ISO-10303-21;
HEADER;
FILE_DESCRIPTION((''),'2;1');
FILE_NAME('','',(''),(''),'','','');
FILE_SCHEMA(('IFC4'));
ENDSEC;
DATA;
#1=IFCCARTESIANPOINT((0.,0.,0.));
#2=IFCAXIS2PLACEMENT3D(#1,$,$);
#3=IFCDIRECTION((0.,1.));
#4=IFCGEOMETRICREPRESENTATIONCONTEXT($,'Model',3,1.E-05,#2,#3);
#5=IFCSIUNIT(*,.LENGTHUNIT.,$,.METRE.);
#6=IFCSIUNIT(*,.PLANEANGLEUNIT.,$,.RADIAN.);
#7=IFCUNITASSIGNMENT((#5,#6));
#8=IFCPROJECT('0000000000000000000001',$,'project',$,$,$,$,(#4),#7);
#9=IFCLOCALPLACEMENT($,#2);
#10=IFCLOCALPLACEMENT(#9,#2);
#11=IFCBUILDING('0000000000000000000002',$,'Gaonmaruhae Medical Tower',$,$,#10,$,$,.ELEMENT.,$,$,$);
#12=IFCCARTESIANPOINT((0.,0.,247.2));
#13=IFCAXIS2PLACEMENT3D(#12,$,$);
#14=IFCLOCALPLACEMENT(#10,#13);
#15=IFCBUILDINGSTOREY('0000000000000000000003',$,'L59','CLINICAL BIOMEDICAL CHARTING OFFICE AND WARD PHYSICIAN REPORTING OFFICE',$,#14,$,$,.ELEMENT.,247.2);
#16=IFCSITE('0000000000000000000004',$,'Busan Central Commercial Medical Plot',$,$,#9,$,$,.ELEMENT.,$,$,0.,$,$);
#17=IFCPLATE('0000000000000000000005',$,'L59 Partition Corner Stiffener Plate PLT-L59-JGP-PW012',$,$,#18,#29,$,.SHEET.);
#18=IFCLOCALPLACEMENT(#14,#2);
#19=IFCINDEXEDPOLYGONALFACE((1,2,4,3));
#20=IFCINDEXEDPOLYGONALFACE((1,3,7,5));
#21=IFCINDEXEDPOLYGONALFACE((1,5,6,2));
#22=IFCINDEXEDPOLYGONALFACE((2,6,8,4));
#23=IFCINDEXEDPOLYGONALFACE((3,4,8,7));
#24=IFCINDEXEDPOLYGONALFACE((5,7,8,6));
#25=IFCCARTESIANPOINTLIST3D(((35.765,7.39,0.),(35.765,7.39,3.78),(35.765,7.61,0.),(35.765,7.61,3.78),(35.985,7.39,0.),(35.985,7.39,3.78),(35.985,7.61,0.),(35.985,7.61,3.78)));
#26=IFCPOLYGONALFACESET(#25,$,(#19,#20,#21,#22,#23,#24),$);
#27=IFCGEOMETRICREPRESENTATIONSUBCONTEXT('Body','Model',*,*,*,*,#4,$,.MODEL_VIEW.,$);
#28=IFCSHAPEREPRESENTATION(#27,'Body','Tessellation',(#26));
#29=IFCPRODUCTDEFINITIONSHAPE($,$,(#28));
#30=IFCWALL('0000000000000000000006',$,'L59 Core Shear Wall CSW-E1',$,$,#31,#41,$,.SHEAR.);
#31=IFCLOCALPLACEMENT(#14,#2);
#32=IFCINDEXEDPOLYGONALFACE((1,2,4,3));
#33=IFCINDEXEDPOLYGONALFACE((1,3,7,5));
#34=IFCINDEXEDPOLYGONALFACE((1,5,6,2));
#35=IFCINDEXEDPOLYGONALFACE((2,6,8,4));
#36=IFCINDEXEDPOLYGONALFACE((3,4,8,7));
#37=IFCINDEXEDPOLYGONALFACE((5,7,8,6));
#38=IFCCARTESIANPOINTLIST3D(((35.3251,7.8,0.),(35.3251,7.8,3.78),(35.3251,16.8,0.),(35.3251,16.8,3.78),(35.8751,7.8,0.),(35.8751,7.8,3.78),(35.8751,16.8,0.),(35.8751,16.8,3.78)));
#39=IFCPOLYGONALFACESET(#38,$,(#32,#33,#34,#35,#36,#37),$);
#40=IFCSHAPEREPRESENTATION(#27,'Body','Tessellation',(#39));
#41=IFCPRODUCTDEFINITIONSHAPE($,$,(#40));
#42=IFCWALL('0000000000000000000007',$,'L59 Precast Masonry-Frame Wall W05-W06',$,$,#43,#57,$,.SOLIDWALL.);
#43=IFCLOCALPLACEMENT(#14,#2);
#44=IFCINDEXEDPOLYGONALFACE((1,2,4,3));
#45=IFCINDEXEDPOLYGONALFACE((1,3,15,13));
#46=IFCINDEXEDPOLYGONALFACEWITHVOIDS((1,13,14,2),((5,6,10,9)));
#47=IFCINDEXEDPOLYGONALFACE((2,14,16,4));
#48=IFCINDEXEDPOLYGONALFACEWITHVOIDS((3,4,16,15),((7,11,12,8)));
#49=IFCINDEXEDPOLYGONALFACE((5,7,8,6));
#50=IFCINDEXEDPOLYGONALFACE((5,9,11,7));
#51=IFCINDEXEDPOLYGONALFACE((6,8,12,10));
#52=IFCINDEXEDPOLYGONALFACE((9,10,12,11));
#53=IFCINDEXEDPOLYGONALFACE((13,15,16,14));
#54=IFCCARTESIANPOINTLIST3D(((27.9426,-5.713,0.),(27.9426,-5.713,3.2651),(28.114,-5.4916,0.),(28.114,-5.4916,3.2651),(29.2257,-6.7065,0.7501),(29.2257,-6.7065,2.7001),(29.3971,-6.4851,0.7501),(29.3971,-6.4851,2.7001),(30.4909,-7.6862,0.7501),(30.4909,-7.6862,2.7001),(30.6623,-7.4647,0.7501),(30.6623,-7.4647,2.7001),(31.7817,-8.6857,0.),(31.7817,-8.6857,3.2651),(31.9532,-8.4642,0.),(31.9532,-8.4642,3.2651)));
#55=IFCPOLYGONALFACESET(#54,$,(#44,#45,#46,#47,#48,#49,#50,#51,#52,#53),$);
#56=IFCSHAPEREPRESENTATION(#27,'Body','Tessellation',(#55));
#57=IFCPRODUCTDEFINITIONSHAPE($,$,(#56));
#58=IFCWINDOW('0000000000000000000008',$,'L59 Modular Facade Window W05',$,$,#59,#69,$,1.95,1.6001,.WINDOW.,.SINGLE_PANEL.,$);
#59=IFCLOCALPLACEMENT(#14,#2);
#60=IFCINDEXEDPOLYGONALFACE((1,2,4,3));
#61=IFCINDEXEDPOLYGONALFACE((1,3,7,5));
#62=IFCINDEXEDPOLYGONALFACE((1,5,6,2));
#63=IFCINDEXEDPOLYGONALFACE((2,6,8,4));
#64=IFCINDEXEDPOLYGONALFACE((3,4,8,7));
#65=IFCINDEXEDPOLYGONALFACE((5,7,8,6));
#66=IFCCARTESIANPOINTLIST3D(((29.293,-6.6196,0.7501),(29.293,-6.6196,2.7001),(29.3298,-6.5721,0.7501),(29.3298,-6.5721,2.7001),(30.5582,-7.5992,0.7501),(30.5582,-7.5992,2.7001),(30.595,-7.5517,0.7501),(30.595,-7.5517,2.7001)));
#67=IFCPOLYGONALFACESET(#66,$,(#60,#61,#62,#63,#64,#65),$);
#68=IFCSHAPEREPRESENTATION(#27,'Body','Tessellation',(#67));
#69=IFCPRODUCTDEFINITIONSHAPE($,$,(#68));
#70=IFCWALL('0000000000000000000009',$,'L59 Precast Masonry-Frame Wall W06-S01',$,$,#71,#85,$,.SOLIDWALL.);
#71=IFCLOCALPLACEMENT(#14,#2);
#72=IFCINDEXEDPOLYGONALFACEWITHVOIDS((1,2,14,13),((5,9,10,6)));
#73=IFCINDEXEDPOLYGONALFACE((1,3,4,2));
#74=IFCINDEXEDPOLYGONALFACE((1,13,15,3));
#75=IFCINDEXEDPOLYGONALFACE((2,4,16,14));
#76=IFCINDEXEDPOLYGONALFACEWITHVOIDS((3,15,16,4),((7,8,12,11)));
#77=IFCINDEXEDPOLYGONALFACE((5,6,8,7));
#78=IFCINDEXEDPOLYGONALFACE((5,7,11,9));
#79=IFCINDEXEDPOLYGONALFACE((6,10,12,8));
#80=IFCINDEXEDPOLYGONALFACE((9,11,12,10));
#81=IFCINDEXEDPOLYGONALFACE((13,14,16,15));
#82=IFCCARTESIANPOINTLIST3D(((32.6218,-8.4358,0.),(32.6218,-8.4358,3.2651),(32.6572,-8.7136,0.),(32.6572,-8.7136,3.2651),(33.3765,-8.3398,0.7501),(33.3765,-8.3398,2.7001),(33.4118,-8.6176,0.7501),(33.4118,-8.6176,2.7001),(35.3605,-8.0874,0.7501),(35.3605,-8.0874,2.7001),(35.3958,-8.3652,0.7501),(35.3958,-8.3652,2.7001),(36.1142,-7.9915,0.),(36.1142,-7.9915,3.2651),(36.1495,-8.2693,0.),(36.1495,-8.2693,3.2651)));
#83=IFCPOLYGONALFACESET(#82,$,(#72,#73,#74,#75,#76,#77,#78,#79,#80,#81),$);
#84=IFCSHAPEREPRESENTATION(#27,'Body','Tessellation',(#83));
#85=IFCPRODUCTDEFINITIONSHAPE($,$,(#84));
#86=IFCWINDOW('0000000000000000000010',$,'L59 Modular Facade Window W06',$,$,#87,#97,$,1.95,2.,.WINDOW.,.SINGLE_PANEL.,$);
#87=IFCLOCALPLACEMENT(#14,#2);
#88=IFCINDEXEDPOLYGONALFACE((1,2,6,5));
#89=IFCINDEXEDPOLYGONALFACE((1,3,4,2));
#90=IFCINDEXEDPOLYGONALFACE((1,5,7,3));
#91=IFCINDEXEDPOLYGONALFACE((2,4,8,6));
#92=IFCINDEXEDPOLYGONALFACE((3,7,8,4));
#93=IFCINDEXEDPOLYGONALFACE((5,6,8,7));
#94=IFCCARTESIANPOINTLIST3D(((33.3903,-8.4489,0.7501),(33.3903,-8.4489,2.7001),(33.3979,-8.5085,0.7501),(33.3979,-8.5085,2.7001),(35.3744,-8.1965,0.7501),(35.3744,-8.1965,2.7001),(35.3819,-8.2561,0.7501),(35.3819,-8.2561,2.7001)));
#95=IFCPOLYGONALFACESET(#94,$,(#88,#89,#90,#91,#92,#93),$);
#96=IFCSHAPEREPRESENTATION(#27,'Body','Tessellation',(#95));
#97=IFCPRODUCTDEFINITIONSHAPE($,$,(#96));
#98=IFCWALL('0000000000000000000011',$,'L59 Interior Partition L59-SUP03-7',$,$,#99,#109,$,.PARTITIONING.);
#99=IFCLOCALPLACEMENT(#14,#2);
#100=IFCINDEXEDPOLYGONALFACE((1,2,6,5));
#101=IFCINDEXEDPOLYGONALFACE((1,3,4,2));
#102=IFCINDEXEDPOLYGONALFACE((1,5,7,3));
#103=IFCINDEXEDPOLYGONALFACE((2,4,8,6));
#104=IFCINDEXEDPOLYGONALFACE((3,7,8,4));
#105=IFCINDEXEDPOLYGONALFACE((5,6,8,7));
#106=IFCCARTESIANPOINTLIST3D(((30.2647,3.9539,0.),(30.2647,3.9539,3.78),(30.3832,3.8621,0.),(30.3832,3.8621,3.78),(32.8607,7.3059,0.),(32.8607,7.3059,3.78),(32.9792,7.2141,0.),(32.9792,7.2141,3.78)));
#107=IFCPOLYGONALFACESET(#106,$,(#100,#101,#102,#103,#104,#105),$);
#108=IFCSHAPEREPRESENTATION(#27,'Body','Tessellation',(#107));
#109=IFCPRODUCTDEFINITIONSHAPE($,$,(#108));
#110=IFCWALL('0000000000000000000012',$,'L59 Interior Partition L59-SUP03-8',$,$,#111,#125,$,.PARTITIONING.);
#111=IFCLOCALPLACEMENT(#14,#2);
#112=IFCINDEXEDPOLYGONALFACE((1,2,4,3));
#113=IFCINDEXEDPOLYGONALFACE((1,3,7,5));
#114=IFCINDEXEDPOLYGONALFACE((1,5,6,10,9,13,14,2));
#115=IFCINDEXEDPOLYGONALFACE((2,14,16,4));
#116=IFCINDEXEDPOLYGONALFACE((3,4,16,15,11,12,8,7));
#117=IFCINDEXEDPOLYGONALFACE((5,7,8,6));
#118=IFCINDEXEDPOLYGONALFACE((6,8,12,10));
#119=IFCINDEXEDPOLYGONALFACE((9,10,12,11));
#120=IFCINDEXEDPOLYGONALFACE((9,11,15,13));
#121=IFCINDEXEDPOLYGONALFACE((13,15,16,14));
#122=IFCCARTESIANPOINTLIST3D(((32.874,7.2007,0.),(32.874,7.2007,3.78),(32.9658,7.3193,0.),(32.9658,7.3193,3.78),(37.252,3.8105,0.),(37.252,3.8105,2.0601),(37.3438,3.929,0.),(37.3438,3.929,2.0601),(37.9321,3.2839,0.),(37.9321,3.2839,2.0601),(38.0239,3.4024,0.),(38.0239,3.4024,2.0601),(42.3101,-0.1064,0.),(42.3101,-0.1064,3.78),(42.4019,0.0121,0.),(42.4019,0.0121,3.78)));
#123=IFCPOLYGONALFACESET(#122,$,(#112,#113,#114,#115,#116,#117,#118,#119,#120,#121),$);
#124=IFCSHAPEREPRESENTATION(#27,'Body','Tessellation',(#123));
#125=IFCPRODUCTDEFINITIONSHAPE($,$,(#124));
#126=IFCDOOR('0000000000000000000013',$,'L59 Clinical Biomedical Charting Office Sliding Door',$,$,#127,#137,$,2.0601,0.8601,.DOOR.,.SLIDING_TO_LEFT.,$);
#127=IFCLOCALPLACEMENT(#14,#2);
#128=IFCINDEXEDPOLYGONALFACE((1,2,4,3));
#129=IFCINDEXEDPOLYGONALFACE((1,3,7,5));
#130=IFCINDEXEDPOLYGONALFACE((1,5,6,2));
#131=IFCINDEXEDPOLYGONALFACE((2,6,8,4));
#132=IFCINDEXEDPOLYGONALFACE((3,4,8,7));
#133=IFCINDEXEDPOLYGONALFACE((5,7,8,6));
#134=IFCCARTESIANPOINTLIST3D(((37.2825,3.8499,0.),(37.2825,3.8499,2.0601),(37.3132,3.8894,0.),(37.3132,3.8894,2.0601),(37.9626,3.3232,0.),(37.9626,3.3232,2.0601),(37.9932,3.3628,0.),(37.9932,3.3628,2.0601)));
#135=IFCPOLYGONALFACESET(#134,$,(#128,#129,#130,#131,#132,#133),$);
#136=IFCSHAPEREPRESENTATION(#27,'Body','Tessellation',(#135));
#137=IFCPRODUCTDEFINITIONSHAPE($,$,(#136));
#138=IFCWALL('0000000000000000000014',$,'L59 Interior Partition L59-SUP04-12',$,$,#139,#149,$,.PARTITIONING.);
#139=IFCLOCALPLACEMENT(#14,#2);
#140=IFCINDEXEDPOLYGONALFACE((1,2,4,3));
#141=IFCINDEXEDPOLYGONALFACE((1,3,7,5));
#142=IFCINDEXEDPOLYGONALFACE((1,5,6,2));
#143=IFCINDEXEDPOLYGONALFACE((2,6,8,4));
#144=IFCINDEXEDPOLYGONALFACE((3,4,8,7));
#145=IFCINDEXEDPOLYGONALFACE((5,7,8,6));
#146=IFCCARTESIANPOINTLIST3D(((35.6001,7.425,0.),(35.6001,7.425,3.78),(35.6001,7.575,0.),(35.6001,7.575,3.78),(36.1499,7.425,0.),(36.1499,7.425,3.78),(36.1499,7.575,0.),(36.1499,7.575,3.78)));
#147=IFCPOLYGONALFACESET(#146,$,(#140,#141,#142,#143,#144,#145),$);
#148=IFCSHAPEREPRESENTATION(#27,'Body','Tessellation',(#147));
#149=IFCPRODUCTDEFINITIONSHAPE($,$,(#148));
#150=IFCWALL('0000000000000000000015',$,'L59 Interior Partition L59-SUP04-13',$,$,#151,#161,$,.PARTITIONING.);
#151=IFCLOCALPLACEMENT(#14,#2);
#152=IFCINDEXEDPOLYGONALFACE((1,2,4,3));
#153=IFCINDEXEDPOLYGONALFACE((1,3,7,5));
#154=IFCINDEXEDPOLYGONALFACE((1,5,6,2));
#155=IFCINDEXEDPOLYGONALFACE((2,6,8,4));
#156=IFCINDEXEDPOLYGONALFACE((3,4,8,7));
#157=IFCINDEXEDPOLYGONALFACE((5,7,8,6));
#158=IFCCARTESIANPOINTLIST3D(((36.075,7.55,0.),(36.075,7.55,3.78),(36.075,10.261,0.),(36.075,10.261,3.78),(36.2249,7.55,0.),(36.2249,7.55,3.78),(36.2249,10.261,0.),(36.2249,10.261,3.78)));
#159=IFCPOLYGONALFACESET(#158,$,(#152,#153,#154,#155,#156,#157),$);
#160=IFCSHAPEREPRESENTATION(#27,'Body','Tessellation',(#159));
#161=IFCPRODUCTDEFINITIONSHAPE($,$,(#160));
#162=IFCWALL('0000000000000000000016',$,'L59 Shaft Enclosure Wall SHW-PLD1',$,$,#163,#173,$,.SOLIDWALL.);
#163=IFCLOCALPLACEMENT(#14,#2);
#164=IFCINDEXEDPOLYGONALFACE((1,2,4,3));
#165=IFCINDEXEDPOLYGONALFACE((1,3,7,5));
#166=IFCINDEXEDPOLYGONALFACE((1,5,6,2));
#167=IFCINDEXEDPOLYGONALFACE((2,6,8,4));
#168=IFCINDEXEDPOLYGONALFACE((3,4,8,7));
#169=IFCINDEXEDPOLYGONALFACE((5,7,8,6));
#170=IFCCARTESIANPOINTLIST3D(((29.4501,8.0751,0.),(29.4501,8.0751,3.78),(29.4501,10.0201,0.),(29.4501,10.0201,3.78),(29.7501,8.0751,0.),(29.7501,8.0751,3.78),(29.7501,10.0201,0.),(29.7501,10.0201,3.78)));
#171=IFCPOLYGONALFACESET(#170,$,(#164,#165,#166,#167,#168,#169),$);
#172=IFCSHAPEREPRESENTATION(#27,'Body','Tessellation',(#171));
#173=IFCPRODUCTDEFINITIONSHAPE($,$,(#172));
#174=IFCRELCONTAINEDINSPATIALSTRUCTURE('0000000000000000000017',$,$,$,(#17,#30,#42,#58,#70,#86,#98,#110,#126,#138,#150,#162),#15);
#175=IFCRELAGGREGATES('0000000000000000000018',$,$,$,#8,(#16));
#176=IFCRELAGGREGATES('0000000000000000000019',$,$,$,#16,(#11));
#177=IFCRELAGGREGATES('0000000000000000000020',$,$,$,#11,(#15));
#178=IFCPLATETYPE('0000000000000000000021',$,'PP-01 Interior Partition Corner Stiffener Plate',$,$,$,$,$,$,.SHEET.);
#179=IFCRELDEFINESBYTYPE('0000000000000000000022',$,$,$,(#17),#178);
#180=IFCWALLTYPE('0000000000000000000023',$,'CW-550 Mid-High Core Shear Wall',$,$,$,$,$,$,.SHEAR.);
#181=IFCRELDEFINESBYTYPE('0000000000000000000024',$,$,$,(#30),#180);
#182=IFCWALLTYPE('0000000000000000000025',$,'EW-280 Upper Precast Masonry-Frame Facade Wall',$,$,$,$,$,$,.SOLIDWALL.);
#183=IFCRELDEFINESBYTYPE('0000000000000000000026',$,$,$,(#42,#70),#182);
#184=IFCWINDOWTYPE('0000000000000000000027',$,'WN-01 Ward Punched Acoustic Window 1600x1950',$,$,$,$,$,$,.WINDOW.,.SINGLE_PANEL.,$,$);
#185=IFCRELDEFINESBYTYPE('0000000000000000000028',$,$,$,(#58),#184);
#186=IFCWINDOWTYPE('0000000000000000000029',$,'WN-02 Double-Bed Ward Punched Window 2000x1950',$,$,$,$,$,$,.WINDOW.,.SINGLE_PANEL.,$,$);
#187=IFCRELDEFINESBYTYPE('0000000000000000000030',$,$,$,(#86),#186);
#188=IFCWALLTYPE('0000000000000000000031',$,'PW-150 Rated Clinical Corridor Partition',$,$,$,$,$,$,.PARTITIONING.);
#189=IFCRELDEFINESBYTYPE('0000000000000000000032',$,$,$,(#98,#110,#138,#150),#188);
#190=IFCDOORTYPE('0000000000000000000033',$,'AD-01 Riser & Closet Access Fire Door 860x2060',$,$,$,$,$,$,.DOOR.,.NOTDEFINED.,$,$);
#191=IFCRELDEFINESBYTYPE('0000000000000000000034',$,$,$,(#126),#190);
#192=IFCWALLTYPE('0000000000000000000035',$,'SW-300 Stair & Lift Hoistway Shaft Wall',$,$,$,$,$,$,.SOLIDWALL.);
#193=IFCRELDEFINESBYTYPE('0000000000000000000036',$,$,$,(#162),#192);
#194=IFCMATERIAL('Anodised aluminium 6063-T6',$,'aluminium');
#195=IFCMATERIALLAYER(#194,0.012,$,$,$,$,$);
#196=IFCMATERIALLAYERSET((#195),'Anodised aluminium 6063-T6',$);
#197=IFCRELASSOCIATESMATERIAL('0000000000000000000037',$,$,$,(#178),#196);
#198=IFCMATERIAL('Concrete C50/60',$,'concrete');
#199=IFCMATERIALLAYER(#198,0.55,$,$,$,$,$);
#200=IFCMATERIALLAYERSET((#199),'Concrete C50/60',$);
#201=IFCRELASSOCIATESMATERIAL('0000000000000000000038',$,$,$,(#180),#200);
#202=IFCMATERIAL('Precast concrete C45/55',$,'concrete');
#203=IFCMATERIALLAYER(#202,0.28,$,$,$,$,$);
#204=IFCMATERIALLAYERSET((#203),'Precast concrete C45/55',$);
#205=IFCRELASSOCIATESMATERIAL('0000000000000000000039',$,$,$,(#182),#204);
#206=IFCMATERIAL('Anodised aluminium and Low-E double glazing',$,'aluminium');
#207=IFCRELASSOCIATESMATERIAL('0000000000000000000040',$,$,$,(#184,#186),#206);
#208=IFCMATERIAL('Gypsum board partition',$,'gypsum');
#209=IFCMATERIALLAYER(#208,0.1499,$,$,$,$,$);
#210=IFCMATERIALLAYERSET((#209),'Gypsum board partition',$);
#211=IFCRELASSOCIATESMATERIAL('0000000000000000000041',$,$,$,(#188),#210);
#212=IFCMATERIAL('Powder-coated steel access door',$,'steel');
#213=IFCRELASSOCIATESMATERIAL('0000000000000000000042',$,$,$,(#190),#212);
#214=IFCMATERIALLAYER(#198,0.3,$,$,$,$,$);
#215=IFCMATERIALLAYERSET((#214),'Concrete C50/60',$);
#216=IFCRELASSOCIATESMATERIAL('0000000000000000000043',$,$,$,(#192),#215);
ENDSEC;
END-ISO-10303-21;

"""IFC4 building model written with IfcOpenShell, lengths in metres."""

from ifc_helpers import new_model, si_unit, direction, frame, frame_2d, origin, origin_2d, place, context, subcontext, project, spatial, rectangle, extrude, material, layer, layer_set, type_object, element, fill, save


model = new_model("IFC4")

# Units and contexts
model_context = context("Model", 3, precision=1e-05, world=origin(), true_north=direction((0.0, 1.0)))
body_context = subcontext(model_context, "Body", "Model", "MODEL_VIEW")
ifc_project = project(units=[si_unit("LENGTHUNIT", "METRE"), si_unit("PLANEANGLEUNIT", "RADIAN")], contexts=[model_context])

# Site, building, storey
site_placement = place(None, origin())
site = spatial("IfcSite", under=ifc_project, at=site_placement, Name="Busan Central Commercial Medical Plot", CompositionType="ELEMENT", RefElevation=0.0)
building_placement = place(site_placement, origin())
building = spatial("IfcBuilding", under=site, at=building_placement, Name="Gaonmaruhae Medical Tower", CompositionType="ELEMENT")
storey_placement = place(building_placement, frame((0.0, 0.0, 247.2)))
storey = spatial("IfcBuildingStorey", under=building, at=storey_placement, Name="L59", Description="CLINICAL BIOMEDICAL CHARTING OFFICE AND WARD PHYSICIAN REPORTING OFFICE", CompositionType="ELEMENT", Elevation=247.2)

# Shared definitions
ifc_material_1 = material(Name="Concrete C50/60", Category="concrete")

# Plate
ifc_material_2 = material(Name="Anodised aluminium 6063-T6", Category="aluminium")
ifc_layer_1 = layer(ifc_material_2, 0.012)
ifc_layer_set_1 = layer_set([ifc_layer_1], Name="Anodised aluminium 6063-T6")
plate_type = type_object("IfcPlateType", Name="PP-01 Interior Partition Corner Stiffener Plate", PredefinedType="SHEET", material=ifc_layer_set_1)
plate_placement = place(storey_placement, frame((35.875, 7.5, 0.0), z_axis=(0.0, 0.0, 1.0), x_axis=(1.0, 0.0, 0.0)))
element("IfcPlate", 1, at=plate_placement, inside=storey, type_object=plate_type, Name="L59 Partition Corner Stiffener Plate PLT-L59-JGP-PW012", PredefinedType="SHEET", context=body_context, shape_type="SweptSolid", body=[
    extrude(rectangle(XDim=0.22, YDim=0.22, at=origin_2d()), origin(), (0.0, 0.0, 1.0), 3.78),
])

# Wall
ifc_layer_2 = layer(ifc_material_1, 0.55)
ifc_layer_set_2 = layer_set([ifc_layer_2], Name="Concrete C50/60")
wall_type_1 = type_object("IfcWallType", Name="CW-550 Mid-High Core Shear Wall", PredefinedType="SHEAR", material=ifc_layer_set_2)
wall_1_placement = place(storey_placement, frame((35.6001, 7.8, 0.0), z_axis=(0.0, 0.0, 1.0), x_axis=(0.0, 1.0, 0.0)))
element("IfcWall", 2, at=wall_1_placement, inside=storey, type_object=wall_type_1, Name="L59 Core Shear Wall CSW-E1", PredefinedType="SHEAR", context=body_context, shape_type="SweptSolid", body=[
    extrude(rectangle(XDim=9.0, YDim=0.55, at=frame_2d((4.5, 0.0))), origin(), (0.0, 0.0, 1.0), 3.78),
])

# Walls, openings, windows
ifc_material_3 = material(Name="Precast concrete C45/55", Category="concrete")
ifc_layer_3 = layer(ifc_material_3, 0.28)
ifc_layer_set_3 = layer_set([ifc_layer_3], Name="Precast concrete C45/55")
wall_type_2 = type_object("IfcWallType", Name="EW-280 Upper Precast Masonry-Frame Facade Wall", PredefinedType="SOLIDWALL", material=ifc_layer_set_3)
wall_2_placement = place(storey_placement, frame((31.8674, -8.575, 0.0), z_axis=(0.0, 0.0, 1.0), x_axis=(-0.79068, 0.61223, 0.0)))
wall_2 = element("IfcWall", 3, at=wall_2_placement, inside=storey, type_object=wall_type_2, Name="L59 Precast Masonry-Frame Wall W05-W06", PredefinedType="SOLIDWALL", context=body_context, shape_type="SweptSolid", body=[
    extrude(rectangle(XDim=4.8555, YDim=0.28, at=frame_2d((2.4277, 0.0))), origin(), (0.0, 0.0, 1.0), 3.2651),
])
opening_1_placement = place(wall_2_placement, frame((1.6326, 0.0, 0.75)))
opening_1 = element("IfcOpeningElement", 4, at=opening_1_placement, cuts=wall_2, PredefinedType="OPENING", context=body_context, shape_type="SweptSolid", body=[
    extrude(rectangle(XDim=1.6001, YDim=1.95, at=frame_2d((0.8, 0.9751))), frame((0.0, 0.1499, 0.0), z_axis=(0.0, -1.0, 0.0), x_axis=(1.0, 0.0, 0.0)), (0.0, 0.0, 1.0), 0.3),
])
ifc_material_4 = material(Name="Anodised aluminium and Low-E double glazing", Category="aluminium")
window_type_1 = type_object("IfcWindowType", Name="WN-01 Ward Punched Acoustic Window 1600x1950", PartitioningType="SINGLE_PANEL", PredefinedType="WINDOW", material=ifc_material_4)
window_1_placement = place(opening_1_placement, origin())
window_1 = element("IfcWindow", 5, at=window_1_placement, inside=storey, type_object=window_type_1, Name="L59 Modular Facade Window W05", OverallHeight=1.95, OverallWidth=1.6001, PartitioningType="SINGLE_PANEL", PredefinedType="WINDOW", context=body_context, shape_type="SweptSolid", body=[
    extrude(rectangle(XDim=1.6001, YDim=1.95, at=frame_2d((0.8, 0.9751))), frame((0.0, 0.03, 0.0), z_axis=(0.0, -1.0, 0.0), x_axis=(1.0, 0.0, 0.0)), (0.0, 0.0, 1.0), 0.0601),
])
fill(opening_1, window_1)
wall_3_placement = place(storey_placement, frame((36.1318, -8.1304, 0.0), z_axis=(0.0, 0.0, 1.0), x_axis=(-0.992003, -0.126211, 0.0)))
wall_3 = element("IfcWall", 6, at=wall_3_placement, inside=storey, type_object=wall_type_2, Name="L59 Precast Masonry-Frame Wall W06-S01", PredefinedType="SOLIDWALL", context=body_context, shape_type="SweptSolid", body=[
    extrude(rectangle(XDim=3.5205, YDim=0.28, at=frame_2d((1.7603, 0.0))), origin(), (0.0, 0.0, 1.0), 3.2651),
])
opening_2_placement = place(wall_3_placement, frame((0.7598, 0.0, 0.75)))
opening_2 = element("IfcOpeningElement", 7, at=opening_2_placement, cuts=wall_3, PredefinedType="OPENING", context=body_context, shape_type="SweptSolid", body=[
    extrude(rectangle(XDim=2.0, YDim=1.95, at=frame_2d((1.0, 0.9751))), frame((0.0, 0.1499, 0.0), z_axis=(0.0, -1.0, 0.0), x_axis=(1.0, 0.0, 0.0)), (0.0, 0.0, 1.0), 0.3),
])
window_type_2 = type_object("IfcWindowType", Name="WN-02 Double-Bed Ward Punched Window 2000x1950", PartitioningType="SINGLE_PANEL", PredefinedType="WINDOW", material=ifc_material_4)
window_2_placement = place(opening_2_placement, origin())
window_2 = element("IfcWindow", 8, at=window_2_placement, inside=storey, type_object=window_type_2, Name="L59 Modular Facade Window W06", OverallHeight=1.95, OverallWidth=2.0, PartitioningType="SINGLE_PANEL", PredefinedType="WINDOW", context=body_context, shape_type="SweptSolid", body=[
    extrude(rectangle(XDim=2.0, YDim=1.95, at=frame_2d((1.0, 0.9751))), frame((0.0, 0.03, 0.0), z_axis=(0.0, -1.0, 0.0), x_axis=(1.0, 0.0, 0.0)), (0.0, 0.0, 1.0), 0.0601),
])
fill(opening_2, window_2)

# Wall
ifc_material_5 = material(Name="Gypsum board partition", Category="gypsum")
ifc_layer_4 = layer(ifc_material_5, 0.1499)
ifc_layer_set_4 = layer_set([ifc_layer_4], Name="Gypsum board partition")
wall_type_3 = type_object("IfcWallType", Name="PW-150 Rated Clinical Corridor Partition", PredefinedType="PARTITIONING", material=ifc_layer_set_4)
wall_4_placement = place(storey_placement, frame((30.324, 3.908, 0.0), z_axis=(0.0, 0.0, 1.0), x_axis=(0.612293, 0.790631, 0.0)))
element("IfcWall", 9, at=wall_4_placement, inside=storey, type_object=wall_type_3, Name="L59 Interior Partition L59-SUP03-7", PredefinedType="PARTITIONING", context=body_context, shape_type="SweptSolid", body=[
    extrude(rectangle(XDim=4.2397, YDim=0.1499, at=frame_2d((2.1199, 0.0))), origin(), (0.0, 0.0, 1.0), 3.78),
])

# Wall, opening, door
wall_5_placement = place(storey_placement, frame((32.9199, 7.26, 0.0), z_axis=(0.0, 0.0, 1.0), x_axis=(0.79065, -0.612268, 0.0)))
wall_5 = element("IfcWall", 10, at=wall_5_placement, inside=storey, type_object=wall_type_3, Name="L59 Interior Partition L59-SUP03-8", PredefinedType="PARTITIONING", context=body_context, shape_type="SweptSolid", body=[
    extrude(rectangle(XDim=11.9346, YDim=0.1499, at=frame_2d((5.9673, 0.0))), origin(), (0.0, 0.0, 1.0), 3.78),
])
opening_3_placement = place(wall_5_placement, frame((5.5371, 0.0, 0.0)))
opening_3 = element("IfcOpeningElement", 11, at=opening_3_placement, cuts=wall_5, PredefinedType="OPENING", context=body_context, shape_type="SweptSolid", body=[
    extrude(rectangle(XDim=0.8601, YDim=2.0601, at=frame_2d((0.4302, 1.03))), frame((0.0, 0.085, 0.0), z_axis=(0.0, -1.0, 0.0), x_axis=(1.0, 0.0, 0.0)), (0.0, 0.0, 1.0), 0.1699),
])
ifc_material_6 = material(Name="Powder-coated steel access door", Category="steel")
door_type = type_object("IfcDoorType", Name="AD-01 Riser & Closet Access Fire Door 860x2060", OperationType="NOTDEFINED", PredefinedType="DOOR", material=ifc_material_6)
door_placement = place(opening_3_placement, origin())
door = element("IfcDoor", 12, at=door_placement, inside=storey, type_object=door_type, Name="L59 Clinical Biomedical Charting Office Sliding Door", OperationType="SLIDING_TO_LEFT", OverallHeight=2.0601, OverallWidth=0.8601, PredefinedType="DOOR", context=body_context, shape_type="SweptSolid", body=[
    extrude(rectangle(XDim=0.8601, YDim=2.0601, at=frame_2d((0.4302, 1.03))), frame((0.0, 0.0249, 0.0), z_axis=(0.0, -1.0, 0.0), x_axis=(1.0, 0.0, 0.0)), (0.0, 0.0, 1.0), 0.05),
])
fill(opening_3, door)

# Walls
wall_6_placement = place(storey_placement, frame((35.6001, 7.5, 0.0), z_axis=(0.0, 0.0, 1.0), x_axis=(1.0, 0.0, 0.0)))
element("IfcWall", 13, at=wall_6_placement, inside=storey, type_object=wall_type_3, Name="L59 Interior Partition L59-SUP04-12", PredefinedType="PARTITIONING", context=body_context, shape_type="SweptSolid", body=[
    extrude(rectangle(XDim=0.5498, YDim=0.1499, at=frame_2d((0.2749, 0.0))), origin(), (0.0, 0.0, 1.0), 3.78),
])
wall_7_placement = place(storey_placement, frame((36.1499, 7.55, 0.0), z_axis=(0.0, 0.0, 1.0), x_axis=(0.0, 1.0, 0.0)))
element("IfcWall", 14, at=wall_7_placement, inside=storey, type_object=wall_type_3, Name="L59 Interior Partition L59-SUP04-13", PredefinedType="PARTITIONING", context=body_context, shape_type="SweptSolid", body=[
    extrude(rectangle(XDim=2.7109, YDim=0.1499, at=frame_2d((1.3555, 0.0))), origin(), (0.0, 0.0, 1.0), 3.78),
])
ifc_layer_5 = layer(ifc_material_1, 0.3)
ifc_layer_set_5 = layer_set([ifc_layer_5], Name="Concrete C50/60")
wall_type_4 = type_object("IfcWallType", Name="SW-300 Stair & Lift Hoistway Shaft Wall", PredefinedType="SOLIDWALL", material=ifc_layer_set_5)
wall_8_placement = place(storey_placement, frame((29.6001, 8.075, 0.0), z_axis=(0.0, 0.0, 1.0), x_axis=(0.0, 1.0, 0.0)))
element("IfcWall", 15, at=wall_8_placement, inside=storey, type_object=wall_type_4, Name="L59 Shaft Enclosure Wall SHW-PLD1", PredefinedType="SOLIDWALL", context=body_context, shape_type="SweptSolid", body=[
    extrude(rectangle(XDim=1.9451, YDim=0.3, at=frame_2d((0.9727, 0.0))), origin(), (0.0, 0.0, 1.0), 3.78),
])

save(model, "model.ifc")
